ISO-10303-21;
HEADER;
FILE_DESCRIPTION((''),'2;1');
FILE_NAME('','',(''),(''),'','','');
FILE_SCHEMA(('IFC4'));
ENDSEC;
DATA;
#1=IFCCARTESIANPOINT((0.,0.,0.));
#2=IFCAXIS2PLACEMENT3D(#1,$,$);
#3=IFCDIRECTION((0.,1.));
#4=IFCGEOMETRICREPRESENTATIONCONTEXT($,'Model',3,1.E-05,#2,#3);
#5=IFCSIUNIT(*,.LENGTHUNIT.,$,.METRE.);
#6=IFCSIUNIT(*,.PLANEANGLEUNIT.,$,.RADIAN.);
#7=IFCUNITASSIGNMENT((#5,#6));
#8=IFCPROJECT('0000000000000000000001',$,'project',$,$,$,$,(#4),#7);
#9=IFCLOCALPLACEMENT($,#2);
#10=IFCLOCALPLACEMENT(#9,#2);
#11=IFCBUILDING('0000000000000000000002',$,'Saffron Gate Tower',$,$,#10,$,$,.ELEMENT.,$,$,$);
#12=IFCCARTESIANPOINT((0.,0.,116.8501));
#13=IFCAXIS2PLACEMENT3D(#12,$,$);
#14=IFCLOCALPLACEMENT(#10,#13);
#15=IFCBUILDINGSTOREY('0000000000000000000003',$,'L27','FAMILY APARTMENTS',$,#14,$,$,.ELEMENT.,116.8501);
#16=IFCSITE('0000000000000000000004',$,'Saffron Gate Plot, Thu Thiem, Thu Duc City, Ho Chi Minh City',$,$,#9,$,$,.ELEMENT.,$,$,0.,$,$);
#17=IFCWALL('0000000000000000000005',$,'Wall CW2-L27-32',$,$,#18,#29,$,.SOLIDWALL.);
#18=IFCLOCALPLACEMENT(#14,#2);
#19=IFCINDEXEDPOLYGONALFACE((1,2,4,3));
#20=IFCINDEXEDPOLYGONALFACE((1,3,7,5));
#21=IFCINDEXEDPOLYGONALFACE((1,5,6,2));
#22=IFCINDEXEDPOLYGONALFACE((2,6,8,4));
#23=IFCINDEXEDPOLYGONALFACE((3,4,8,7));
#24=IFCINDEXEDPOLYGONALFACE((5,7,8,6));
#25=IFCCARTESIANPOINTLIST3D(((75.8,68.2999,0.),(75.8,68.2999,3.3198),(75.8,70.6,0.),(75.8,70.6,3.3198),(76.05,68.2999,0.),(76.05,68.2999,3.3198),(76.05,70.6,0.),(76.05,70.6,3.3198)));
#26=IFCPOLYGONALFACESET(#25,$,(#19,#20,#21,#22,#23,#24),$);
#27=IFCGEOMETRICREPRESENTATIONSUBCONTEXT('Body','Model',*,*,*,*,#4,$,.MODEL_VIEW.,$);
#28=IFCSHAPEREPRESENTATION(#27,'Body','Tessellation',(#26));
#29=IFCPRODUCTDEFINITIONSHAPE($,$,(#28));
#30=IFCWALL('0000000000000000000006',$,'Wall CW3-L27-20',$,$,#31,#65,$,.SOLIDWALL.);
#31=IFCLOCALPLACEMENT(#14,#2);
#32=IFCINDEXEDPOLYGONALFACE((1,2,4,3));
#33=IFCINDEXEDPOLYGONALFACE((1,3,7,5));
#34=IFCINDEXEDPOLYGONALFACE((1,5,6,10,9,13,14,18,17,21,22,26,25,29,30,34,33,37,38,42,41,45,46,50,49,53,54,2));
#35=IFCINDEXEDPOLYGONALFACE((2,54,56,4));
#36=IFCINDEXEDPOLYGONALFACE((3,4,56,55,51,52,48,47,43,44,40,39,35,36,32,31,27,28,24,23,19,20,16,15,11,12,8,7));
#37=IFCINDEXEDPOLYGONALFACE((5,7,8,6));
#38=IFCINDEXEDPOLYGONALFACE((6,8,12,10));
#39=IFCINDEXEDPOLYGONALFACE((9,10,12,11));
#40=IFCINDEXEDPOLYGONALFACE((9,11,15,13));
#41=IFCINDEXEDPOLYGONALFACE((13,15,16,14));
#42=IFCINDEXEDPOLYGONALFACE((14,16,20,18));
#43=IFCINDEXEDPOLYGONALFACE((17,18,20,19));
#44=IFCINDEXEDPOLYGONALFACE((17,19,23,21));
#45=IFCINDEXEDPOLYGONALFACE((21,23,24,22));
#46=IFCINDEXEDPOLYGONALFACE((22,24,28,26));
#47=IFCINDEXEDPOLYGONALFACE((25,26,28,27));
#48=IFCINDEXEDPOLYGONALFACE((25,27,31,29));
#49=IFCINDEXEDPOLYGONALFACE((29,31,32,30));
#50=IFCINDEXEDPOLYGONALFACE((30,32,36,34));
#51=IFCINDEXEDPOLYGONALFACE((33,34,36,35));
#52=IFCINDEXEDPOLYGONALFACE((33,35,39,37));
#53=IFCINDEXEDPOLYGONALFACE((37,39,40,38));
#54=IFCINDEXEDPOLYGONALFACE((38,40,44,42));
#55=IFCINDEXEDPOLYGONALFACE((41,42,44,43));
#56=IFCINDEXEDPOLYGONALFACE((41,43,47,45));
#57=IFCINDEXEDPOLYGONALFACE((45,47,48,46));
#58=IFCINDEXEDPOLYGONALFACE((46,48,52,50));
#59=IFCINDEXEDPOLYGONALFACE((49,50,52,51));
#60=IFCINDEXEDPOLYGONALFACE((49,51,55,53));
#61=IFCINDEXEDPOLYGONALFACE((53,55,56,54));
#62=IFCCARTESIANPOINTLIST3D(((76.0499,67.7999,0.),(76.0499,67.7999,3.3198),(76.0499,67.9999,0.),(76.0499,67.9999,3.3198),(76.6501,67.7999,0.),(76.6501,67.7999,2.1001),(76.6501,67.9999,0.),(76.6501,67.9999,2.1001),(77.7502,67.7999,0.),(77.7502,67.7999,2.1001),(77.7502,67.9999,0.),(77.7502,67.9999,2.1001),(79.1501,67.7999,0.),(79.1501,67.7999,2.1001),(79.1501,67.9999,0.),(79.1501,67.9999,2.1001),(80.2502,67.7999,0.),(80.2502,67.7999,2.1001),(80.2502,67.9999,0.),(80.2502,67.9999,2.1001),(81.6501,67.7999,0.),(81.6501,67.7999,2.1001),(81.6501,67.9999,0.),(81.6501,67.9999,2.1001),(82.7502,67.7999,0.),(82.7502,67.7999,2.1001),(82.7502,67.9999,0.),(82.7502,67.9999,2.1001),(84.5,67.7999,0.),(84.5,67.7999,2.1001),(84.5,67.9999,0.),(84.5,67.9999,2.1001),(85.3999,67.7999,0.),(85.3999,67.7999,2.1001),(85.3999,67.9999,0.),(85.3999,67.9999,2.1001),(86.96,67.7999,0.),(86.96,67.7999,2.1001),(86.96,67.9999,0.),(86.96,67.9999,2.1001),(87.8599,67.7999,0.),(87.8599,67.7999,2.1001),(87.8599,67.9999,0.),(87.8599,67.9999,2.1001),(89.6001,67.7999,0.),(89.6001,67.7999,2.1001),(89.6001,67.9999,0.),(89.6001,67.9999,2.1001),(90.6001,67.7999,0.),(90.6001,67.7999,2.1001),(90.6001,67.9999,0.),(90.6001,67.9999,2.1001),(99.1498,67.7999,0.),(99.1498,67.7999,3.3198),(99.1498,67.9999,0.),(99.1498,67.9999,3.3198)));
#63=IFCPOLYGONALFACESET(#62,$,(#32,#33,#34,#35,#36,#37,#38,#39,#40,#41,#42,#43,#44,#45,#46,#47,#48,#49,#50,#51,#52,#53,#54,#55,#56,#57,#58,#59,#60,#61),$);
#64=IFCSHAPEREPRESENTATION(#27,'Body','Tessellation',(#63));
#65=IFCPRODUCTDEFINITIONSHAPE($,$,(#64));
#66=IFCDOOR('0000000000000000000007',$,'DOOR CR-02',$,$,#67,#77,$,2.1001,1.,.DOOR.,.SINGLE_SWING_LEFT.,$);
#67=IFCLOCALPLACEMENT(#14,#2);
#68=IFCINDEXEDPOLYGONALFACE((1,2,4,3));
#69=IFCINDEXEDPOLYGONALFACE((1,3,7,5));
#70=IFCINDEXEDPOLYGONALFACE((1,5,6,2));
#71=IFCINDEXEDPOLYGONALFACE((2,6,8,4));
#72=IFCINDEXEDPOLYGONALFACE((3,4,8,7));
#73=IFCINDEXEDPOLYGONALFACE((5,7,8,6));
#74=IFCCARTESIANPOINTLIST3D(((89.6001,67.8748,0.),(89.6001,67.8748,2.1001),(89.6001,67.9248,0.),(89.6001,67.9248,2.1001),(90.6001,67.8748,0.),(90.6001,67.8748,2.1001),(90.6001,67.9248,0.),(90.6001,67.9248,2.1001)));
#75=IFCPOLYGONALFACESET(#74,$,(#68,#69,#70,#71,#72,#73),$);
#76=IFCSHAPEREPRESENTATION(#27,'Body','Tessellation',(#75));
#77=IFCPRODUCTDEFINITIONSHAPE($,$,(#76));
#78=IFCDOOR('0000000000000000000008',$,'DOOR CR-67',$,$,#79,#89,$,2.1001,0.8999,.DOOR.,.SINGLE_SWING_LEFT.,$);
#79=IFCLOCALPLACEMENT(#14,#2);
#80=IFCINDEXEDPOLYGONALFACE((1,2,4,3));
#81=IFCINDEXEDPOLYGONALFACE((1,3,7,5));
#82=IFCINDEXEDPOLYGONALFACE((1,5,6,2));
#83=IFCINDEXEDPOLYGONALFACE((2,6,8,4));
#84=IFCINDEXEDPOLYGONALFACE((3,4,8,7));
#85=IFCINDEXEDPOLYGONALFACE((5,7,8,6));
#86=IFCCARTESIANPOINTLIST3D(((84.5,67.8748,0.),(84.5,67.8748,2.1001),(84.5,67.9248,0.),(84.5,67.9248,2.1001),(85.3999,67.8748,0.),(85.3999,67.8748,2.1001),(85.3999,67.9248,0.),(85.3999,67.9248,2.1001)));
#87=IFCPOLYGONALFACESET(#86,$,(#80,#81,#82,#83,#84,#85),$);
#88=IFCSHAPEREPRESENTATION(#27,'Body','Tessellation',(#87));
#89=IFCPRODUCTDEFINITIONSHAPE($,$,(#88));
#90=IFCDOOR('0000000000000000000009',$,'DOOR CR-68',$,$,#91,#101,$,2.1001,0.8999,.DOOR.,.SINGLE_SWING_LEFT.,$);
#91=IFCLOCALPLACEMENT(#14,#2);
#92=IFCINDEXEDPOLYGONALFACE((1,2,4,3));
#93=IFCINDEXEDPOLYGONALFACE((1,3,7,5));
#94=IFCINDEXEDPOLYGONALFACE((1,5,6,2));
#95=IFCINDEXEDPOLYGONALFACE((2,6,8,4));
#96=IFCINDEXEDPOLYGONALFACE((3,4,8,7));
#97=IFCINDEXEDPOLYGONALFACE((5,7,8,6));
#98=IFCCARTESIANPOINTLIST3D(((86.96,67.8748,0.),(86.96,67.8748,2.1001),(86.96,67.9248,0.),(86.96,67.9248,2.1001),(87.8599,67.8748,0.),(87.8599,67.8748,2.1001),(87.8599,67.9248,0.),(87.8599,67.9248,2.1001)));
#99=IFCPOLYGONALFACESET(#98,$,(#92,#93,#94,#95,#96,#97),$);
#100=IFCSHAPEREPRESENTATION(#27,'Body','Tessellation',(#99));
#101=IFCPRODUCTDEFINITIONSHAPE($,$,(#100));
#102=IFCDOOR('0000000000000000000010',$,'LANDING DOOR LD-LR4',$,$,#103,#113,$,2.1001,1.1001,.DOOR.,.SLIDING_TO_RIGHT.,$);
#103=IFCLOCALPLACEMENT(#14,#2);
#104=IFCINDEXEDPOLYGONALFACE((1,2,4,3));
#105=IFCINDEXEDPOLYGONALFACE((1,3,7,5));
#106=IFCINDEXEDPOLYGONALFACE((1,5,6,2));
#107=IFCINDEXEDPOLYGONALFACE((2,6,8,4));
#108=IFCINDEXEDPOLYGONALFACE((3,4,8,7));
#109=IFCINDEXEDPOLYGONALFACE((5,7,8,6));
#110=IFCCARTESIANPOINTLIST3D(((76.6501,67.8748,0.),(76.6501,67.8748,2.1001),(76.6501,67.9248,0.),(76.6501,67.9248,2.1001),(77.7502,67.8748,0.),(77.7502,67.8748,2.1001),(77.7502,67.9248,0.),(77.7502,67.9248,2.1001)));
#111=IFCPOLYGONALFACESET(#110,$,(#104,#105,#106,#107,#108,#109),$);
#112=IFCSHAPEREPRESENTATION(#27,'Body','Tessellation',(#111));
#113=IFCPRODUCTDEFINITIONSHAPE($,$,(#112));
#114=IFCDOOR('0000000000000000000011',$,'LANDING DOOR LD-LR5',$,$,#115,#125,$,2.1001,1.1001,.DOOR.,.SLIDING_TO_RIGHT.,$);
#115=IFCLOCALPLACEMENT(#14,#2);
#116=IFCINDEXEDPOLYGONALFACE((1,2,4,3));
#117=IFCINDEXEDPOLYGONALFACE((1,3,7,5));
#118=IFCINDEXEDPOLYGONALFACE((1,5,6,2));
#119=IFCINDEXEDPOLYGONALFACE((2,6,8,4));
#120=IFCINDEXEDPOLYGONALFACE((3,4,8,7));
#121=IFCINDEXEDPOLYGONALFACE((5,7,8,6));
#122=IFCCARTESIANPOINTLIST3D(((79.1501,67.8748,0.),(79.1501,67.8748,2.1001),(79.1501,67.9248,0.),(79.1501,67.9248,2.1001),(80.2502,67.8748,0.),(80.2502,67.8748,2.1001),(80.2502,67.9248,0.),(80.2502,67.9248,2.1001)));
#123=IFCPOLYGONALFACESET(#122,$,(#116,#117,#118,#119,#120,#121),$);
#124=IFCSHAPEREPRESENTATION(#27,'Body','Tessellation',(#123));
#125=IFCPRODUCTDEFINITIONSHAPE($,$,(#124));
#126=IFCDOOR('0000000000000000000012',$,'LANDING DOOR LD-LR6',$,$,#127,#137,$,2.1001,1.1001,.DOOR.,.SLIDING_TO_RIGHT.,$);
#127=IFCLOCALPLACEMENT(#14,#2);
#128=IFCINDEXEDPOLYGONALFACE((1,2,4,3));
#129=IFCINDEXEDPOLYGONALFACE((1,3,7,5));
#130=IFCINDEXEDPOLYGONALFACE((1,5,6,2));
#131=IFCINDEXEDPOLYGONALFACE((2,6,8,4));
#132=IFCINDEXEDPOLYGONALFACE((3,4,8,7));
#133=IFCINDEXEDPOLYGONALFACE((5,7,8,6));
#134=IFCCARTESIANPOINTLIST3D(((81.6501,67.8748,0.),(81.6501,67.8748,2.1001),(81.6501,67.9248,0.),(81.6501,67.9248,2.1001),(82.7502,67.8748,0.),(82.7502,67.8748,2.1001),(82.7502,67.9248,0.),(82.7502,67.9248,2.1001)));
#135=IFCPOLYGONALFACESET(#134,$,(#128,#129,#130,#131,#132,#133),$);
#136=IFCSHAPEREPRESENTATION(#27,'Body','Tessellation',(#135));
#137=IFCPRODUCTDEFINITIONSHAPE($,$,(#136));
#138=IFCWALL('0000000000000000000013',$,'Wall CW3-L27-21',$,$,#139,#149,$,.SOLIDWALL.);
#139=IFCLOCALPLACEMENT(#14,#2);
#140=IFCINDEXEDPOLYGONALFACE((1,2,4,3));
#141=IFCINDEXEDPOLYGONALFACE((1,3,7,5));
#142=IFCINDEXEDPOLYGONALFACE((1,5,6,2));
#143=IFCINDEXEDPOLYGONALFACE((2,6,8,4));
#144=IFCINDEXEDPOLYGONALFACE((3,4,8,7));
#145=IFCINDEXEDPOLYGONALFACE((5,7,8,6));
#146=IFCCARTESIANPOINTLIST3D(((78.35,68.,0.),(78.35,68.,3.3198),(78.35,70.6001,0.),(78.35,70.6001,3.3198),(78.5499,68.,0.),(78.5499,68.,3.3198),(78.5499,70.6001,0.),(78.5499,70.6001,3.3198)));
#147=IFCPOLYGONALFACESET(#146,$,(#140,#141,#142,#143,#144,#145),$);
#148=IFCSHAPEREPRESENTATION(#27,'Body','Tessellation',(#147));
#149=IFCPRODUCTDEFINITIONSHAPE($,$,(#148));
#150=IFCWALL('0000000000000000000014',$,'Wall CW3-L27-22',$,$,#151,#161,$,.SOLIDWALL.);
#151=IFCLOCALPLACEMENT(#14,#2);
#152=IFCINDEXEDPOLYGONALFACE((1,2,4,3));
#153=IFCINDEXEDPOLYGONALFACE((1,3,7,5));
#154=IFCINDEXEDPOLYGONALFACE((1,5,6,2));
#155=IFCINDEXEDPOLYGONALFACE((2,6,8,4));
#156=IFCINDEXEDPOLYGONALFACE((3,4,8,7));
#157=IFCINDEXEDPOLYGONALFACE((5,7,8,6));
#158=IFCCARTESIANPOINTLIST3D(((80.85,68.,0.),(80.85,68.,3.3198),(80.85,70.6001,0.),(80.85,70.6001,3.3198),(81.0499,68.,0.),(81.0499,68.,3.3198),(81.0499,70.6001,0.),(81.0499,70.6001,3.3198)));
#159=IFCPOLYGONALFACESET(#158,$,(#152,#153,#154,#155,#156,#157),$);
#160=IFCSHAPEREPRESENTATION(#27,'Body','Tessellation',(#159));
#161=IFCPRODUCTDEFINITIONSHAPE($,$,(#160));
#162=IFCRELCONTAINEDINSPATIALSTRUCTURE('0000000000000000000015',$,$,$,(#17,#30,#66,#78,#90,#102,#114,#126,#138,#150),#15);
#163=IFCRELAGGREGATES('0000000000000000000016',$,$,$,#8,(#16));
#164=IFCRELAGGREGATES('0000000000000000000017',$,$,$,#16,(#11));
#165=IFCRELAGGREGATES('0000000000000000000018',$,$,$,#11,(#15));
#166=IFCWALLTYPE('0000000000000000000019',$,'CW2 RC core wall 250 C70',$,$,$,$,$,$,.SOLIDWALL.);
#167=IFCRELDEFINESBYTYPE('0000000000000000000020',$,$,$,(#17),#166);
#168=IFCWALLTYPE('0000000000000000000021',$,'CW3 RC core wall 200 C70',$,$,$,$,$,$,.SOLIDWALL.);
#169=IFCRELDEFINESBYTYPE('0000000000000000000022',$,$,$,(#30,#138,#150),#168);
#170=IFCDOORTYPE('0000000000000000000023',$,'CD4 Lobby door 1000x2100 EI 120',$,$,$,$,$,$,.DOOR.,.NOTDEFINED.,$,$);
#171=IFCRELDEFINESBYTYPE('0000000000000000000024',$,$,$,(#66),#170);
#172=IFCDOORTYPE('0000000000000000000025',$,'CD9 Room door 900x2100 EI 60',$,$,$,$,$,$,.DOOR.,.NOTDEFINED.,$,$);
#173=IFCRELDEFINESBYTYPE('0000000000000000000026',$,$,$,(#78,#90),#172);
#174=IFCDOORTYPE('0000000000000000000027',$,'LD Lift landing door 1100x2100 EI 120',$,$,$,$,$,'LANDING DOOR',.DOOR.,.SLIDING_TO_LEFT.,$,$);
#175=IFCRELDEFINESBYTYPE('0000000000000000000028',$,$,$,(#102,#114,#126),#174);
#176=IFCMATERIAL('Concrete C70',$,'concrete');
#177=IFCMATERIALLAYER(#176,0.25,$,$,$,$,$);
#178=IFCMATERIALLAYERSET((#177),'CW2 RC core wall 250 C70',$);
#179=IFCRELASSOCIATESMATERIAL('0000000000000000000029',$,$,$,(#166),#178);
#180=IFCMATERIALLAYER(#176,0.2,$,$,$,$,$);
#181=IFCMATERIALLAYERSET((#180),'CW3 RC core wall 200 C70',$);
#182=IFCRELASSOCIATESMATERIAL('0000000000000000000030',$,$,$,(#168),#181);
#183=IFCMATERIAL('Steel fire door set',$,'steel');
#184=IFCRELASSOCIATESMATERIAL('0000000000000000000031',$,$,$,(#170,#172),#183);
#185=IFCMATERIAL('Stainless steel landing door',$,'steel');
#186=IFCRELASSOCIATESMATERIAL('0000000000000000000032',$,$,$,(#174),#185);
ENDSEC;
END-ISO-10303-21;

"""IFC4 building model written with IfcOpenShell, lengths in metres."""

from ifc_helpers import new_model, si_unit, direction, frame, frame_2d, origin, place, context, subcontext, project, spatial, rectangle, extrude, material, layer, layer_set, type_object, element, fill, save


model = new_model("IFC4")

# Units and contexts
model_context = context("Model", 3, precision=1e-05, world=origin(), true_north=direction((0.0, 1.0)))
body_context = subcontext(model_context, "Body", "Model", "MODEL_VIEW")
ifc_project = project(units=[si_unit("LENGTHUNIT", "METRE"), si_unit("PLANEANGLEUNIT", "RADIAN")], contexts=[model_context])

# Site, building, storey
site_placement = place(None, origin())
site = spatial("IfcSite", under=ifc_project, at=site_placement, Name="Saffron Gate Plot, Thu Thiem, Thu Duc City, Ho Chi Minh City", CompositionType="ELEMENT", RefElevation=0.0)
building_placement = place(site_placement, origin())
building = spatial("IfcBuilding", under=site, at=building_placement, Name="Saffron Gate Tower", CompositionType="ELEMENT")
storey_placement = place(building_placement, frame((0.0, 0.0, 116.8501)))
storey = spatial("IfcBuildingStorey", under=building, at=storey_placement, Name="L27", Description="FAMILY APARTMENTS", CompositionType="ELEMENT", Elevation=116.8501)

# Wall
ifc_material_1 = material(Name="Concrete C70", Category="concrete")
ifc_layer_1 = layer(ifc_material_1, 0.25)
ifc_layer_set_1 = layer_set([ifc_layer_1], Name="CW2 RC core wall 250 C70")
wall_type_1 = type_object("IfcWallType", Name="CW2 RC core wall 250 C70", PredefinedType="SOLIDWALL", material=ifc_layer_set_1)
wall_1_placement = place(storey_placement, frame((75.925, 68.3, 0.0), z_axis=(0.0, 0.0, 1.0), x_axis=(0.0, 1.0, 0.0)))
element("IfcWall", 1, at=wall_1_placement, inside=storey, type_object=wall_type_1, Name="Wall CW2-L27-32", PredefinedType="SOLIDWALL", context=body_context, shape_type="SweptSolid", body=[
    extrude(rectangle(XDim=2.3, YDim=0.25, at=frame_2d((1.1499, 0.0))), origin(), (0.0, 0.0, 1.0), 3.3198),
])

# Wall, openings, doors
ifc_layer_2 = layer(ifc_material_1, 0.2)
ifc_layer_set_2 = layer_set([ifc_layer_2], Name="CW3 RC core wall 200 C70")
wall_type_2 = type_object("IfcWallType", Name="CW3 RC core wall 200 C70", PredefinedType="SOLIDWALL", material=ifc_layer_set_2)
wall_2_placement = place(storey_placement, frame((76.05, 67.8999, 0.0), z_axis=(0.0, 0.0, 1.0), x_axis=(1.0, 0.0, 0.0)))
wall_2 = element("IfcWall", 2, at=wall_2_placement, inside=storey, type_object=wall_type_2, Name="Wall CW3-L27-20", PredefinedType="SOLIDWALL", context=body_context, shape_type="SweptSolid", body=[
    extrude(rectangle(XDim=23.0999, YDim=0.2, at=frame_2d((11.5498, 0.0))), origin(), (0.0, 0.0, 1.0), 3.3198),
])
opening_1_placement = place(wall_2_placement, frame((0.6001, 0.0, 0.0)))
opening_1 = element("IfcOpeningElement", 3, at=opening_1_placement, cuts=wall_2, PredefinedType="OPENING", context=body_context, shape_type="SweptSolid", body=[
    extrude(rectangle(XDim=1.1001, YDim=2.1001, at=frame_2d((0.55, 1.05))), frame((0.0, 0.1099, 0.0), z_axis=(0.0, -1.0, 0.0), x_axis=(1.0, 0.0, 0.0)), (0.0, 0.0, 1.0), 0.22),
])
opening_2_placement = place(wall_2_placement, frame((3.1001, 0.0, 0.0)))
opening_2 = element("IfcOpeningElement", 4, at=opening_2_placement, cuts=wall_2, PredefinedType="OPENING", context=body_context, shape_type="SweptSolid", body=[
    extrude(rectangle(XDim=1.1001, YDim=2.1001, at=frame_2d((0.55, 1.05))), frame((0.0, 0.1099, 0.0), z_axis=(0.0, -1.0, 0.0), x_axis=(1.0, 0.0, 0.0)), (0.0, 0.0, 1.0), 0.22),
])
opening_3_placement = place(wall_2_placement, frame((5.6001, 0.0, 0.0)))
opening_3 = element("IfcOpeningElement", 5, at=opening_3_placement, cuts=wall_2, PredefinedType="OPENING", context=body_context, shape_type="SweptSolid", body=[
    extrude(rectangle(XDim=1.1001, YDim=2.1001, at=frame_2d((0.55, 1.05))), frame((0.0, 0.1099, 0.0), z_axis=(0.0, -1.0, 0.0), x_axis=(1.0, 0.0, 0.0)), (0.0, 0.0, 1.0), 0.22),
])
opening_4_placement = place(wall_2_placement, frame((8.45, 0.0, 0.0)))
opening_4 = element("IfcOpeningElement", 6, at=opening_4_placement, cuts=wall_2, PredefinedType="OPENING", context=body_context, shape_type="SweptSolid", body=[
    extrude(rectangle(XDim=0.8999, YDim=2.1001, at=frame_2d((0.45, 1.05))), frame((0.0, 0.1099, 0.0), z_axis=(0.0, -1.0, 0.0), x_axis=(1.0, 0.0, 0.0)), (0.0, 0.0, 1.0), 0.22),
])
opening_5_placement = place(wall_2_placement, frame((10.9099, 0.0, 0.0)))
opening_5 = element("IfcOpeningElement", 7, at=opening_5_placement, cuts=wall_2, PredefinedType="OPENING", context=body_context, shape_type="SweptSolid", body=[
    extrude(rectangle(XDim=0.8999, YDim=2.1001, at=frame_2d((0.45, 1.05))), frame((0.0, 0.1099, 0.0), z_axis=(0.0, -1.0, 0.0), x_axis=(1.0, 0.0, 0.0)), (0.0, 0.0, 1.0), 0.22),
])
opening_6_placement = place(wall_2_placement, frame((13.55, 0.0, 0.0)))
opening_6 = element("IfcOpeningElement", 8, at=opening_6_placement, cuts=wall_2, PredefinedType="OPENING", context=body_context, shape_type="SweptSolid", body=[
    extrude(rectangle(XDim=1.0, YDim=2.1001, at=frame_2d((0.5, 1.05))), frame((0.0, 0.1099, 0.0), z_axis=(0.0, -1.0, 0.0), x_axis=(1.0, 0.0, 0.0)), (0.0, 0.0, 1.0), 0.22),
])
ifc_material_2 = material(Name="Steel fire door set", Category="steel")
door_type_1 = type_object("IfcDoorType", Name="CD4 Lobby door 1000x2100 EI 120", OperationType="NOTDEFINED", PredefinedType="DOOR", material=ifc_material_2)
door_1_placement = place(opening_6_placement, origin())
door_1 = element("IfcDoor", 9, at=door_1_placement, inside=storey, type_object=door_type_1, Name="DOOR CR-02", OperationType="SINGLE_SWING_LEFT", OverallHeight=2.1001, OverallWidth=1.0, PredefinedType="DOOR", context=body_context, shape_type="SweptSolid", body=[
    extrude(rectangle(XDim=1.0, YDim=2.1001, at=frame_2d((0.5, 1.05))), frame((0.0, 0.0249, 0.0), z_axis=(0.0, -1.0, 0.0), x_axis=(1.0, 0.0, 0.0)), (0.0, 0.0, 1.0), 0.05),
])
fill(opening_6, door_1)
door_type_2 = type_object("IfcDoorType", Name="CD9 Room door 900x2100 EI 60", OperationType="NOTDEFINED", PredefinedType="DOOR", material=ifc_material_2)
door_2_placement = place(opening_4_placement, origin())
door_2 = element("IfcDoor", 10, at=door_2_placement, inside=storey, type_object=door_type_2, Name="DOOR CR-67", OperationType="SINGLE_SWING_LEFT", OverallHeight=2.1001, OverallWidth=0.8999, PredefinedType="DOOR", context=body_context, shape_type="SweptSolid", body=[
    extrude(rectangle(XDim=0.8999, YDim=2.1001, at=frame_2d((0.45, 1.05))), frame((0.0, 0.0249, 0.0), z_axis=(0.0, -1.0, 0.0), x_axis=(1.0, 0.0, 0.0)), (0.0, 0.0, 1.0), 0.05),
])
fill(opening_4, door_2)
door_3_placement = place(opening_5_placement, origin())
door_3 = element("IfcDoor", 11, at=door_3_placement, inside=storey, type_object=door_type_2, Name="DOOR CR-68", OperationType="SINGLE_SWING_LEFT", OverallHeight=2.1001, OverallWidth=0.8999, PredefinedType="DOOR", context=body_context, shape_type="SweptSolid", body=[
    extrude(rectangle(XDim=0.8999, YDim=2.1001, at=frame_2d((0.45, 1.05))), frame((0.0, 0.0249, 0.0), z_axis=(0.0, -1.0, 0.0), x_axis=(1.0, 0.0, 0.0)), (0.0, 0.0, 1.0), 0.05),
])
fill(opening_5, door_3)
ifc_material_3 = material(Name="Stainless steel landing door", Category="steel")
door_type_3 = type_object("IfcDoorType", Name="LD Lift landing door 1100x2100 EI 120", ElementType="LANDING DOOR", OperationType="SLIDING_TO_LEFT", PredefinedType="DOOR", material=ifc_material_3)
door_4_placement = place(opening_1_placement, origin())
door_4 = element("IfcDoor", 12, at=door_4_placement, inside=storey, type_object=door_type_3, Name="LANDING DOOR LD-LR4", OperationType="SLIDING_TO_RIGHT", OverallHeight=2.1001, OverallWidth=1.1001, PredefinedType="DOOR", context=body_context, shape_type="SweptSolid", body=[
    extrude(rectangle(XDim=1.1001, YDim=2.1001, at=frame_2d((0.55, 1.05))), frame((0.0, 0.0249, 0.0), z_axis=(0.0, -1.0, 0.0), x_axis=(1.0, 0.0, 0.0)), (0.0, 0.0, 1.0), 0.05),
])
fill(opening_1, door_4)
door_5_placement = place(opening_2_placement, origin())
door_5 = element("IfcDoor", 13, at=door_5_placement, inside=storey, type_object=door_type_3, Name="LANDING DOOR LD-LR5", OperationType="SLIDING_TO_RIGHT", OverallHeight=2.1001, OverallWidth=1.1001, PredefinedType="DOOR", context=body_context, shape_type="SweptSolid", body=[
    extrude(rectangle(XDim=1.1001, YDim=2.1001, at=frame_2d((0.55, 1.05))), frame((0.0, 0.0249, 0.0), z_axis=(0.0, -1.0, 0.0), x_axis=(1.0, 0.0, 0.0)), (0.0, 0.0, 1.0), 0.05),
])
fill(opening_2, door_5)
door_6_placement = place(opening_3_placement, origin())
door_6 = element("IfcDoor", 14, at=door_6_placement, inside=storey, type_object=door_type_3, Name="LANDING DOOR LD-LR6", OperationType="SLIDING_TO_RIGHT", OverallHeight=2.1001, OverallWidth=1.1001, PredefinedType="DOOR", context=body_context, shape_type="SweptSolid", body=[
    extrude(rectangle(XDim=1.1001, YDim=2.1001, at=frame_2d((0.55, 1.05))), frame((0.0, 0.0249, 0.0), z_axis=(0.0, -1.0, 0.0), x_axis=(1.0, 0.0, 0.0)), (0.0, 0.0, 1.0), 0.05),
])
fill(opening_3, door_6)

# Walls
for number, where, z_axis, x_axis, name in (
    (15, (78.45, 68.0, 0.0), (0.0, 0.0, 1.0), (0.0, 1.0, 0.0), "Wall CW3-L27-21"),
    (16, (80.95, 68.0, 0.0), (0.0, 0.0, 1.0), (0.0, 1.0, 0.0), "Wall CW3-L27-22"),
):
    element("IfcWall", number, at=place(storey_placement, frame(where, z_axis=z_axis, x_axis=x_axis)), inside=storey, type_object=wall_type_2, Name=name, PredefinedType="SOLIDWALL", context=body_context, shape_type="SweptSolid", body=[
        extrude(rectangle(XDim=2.6001, YDim=0.2, at=frame_2d((1.3, 0.0))), origin(), (0.0, 0.0, 1.0), 3.3198),
    ])

save(model, "model.ifc")
